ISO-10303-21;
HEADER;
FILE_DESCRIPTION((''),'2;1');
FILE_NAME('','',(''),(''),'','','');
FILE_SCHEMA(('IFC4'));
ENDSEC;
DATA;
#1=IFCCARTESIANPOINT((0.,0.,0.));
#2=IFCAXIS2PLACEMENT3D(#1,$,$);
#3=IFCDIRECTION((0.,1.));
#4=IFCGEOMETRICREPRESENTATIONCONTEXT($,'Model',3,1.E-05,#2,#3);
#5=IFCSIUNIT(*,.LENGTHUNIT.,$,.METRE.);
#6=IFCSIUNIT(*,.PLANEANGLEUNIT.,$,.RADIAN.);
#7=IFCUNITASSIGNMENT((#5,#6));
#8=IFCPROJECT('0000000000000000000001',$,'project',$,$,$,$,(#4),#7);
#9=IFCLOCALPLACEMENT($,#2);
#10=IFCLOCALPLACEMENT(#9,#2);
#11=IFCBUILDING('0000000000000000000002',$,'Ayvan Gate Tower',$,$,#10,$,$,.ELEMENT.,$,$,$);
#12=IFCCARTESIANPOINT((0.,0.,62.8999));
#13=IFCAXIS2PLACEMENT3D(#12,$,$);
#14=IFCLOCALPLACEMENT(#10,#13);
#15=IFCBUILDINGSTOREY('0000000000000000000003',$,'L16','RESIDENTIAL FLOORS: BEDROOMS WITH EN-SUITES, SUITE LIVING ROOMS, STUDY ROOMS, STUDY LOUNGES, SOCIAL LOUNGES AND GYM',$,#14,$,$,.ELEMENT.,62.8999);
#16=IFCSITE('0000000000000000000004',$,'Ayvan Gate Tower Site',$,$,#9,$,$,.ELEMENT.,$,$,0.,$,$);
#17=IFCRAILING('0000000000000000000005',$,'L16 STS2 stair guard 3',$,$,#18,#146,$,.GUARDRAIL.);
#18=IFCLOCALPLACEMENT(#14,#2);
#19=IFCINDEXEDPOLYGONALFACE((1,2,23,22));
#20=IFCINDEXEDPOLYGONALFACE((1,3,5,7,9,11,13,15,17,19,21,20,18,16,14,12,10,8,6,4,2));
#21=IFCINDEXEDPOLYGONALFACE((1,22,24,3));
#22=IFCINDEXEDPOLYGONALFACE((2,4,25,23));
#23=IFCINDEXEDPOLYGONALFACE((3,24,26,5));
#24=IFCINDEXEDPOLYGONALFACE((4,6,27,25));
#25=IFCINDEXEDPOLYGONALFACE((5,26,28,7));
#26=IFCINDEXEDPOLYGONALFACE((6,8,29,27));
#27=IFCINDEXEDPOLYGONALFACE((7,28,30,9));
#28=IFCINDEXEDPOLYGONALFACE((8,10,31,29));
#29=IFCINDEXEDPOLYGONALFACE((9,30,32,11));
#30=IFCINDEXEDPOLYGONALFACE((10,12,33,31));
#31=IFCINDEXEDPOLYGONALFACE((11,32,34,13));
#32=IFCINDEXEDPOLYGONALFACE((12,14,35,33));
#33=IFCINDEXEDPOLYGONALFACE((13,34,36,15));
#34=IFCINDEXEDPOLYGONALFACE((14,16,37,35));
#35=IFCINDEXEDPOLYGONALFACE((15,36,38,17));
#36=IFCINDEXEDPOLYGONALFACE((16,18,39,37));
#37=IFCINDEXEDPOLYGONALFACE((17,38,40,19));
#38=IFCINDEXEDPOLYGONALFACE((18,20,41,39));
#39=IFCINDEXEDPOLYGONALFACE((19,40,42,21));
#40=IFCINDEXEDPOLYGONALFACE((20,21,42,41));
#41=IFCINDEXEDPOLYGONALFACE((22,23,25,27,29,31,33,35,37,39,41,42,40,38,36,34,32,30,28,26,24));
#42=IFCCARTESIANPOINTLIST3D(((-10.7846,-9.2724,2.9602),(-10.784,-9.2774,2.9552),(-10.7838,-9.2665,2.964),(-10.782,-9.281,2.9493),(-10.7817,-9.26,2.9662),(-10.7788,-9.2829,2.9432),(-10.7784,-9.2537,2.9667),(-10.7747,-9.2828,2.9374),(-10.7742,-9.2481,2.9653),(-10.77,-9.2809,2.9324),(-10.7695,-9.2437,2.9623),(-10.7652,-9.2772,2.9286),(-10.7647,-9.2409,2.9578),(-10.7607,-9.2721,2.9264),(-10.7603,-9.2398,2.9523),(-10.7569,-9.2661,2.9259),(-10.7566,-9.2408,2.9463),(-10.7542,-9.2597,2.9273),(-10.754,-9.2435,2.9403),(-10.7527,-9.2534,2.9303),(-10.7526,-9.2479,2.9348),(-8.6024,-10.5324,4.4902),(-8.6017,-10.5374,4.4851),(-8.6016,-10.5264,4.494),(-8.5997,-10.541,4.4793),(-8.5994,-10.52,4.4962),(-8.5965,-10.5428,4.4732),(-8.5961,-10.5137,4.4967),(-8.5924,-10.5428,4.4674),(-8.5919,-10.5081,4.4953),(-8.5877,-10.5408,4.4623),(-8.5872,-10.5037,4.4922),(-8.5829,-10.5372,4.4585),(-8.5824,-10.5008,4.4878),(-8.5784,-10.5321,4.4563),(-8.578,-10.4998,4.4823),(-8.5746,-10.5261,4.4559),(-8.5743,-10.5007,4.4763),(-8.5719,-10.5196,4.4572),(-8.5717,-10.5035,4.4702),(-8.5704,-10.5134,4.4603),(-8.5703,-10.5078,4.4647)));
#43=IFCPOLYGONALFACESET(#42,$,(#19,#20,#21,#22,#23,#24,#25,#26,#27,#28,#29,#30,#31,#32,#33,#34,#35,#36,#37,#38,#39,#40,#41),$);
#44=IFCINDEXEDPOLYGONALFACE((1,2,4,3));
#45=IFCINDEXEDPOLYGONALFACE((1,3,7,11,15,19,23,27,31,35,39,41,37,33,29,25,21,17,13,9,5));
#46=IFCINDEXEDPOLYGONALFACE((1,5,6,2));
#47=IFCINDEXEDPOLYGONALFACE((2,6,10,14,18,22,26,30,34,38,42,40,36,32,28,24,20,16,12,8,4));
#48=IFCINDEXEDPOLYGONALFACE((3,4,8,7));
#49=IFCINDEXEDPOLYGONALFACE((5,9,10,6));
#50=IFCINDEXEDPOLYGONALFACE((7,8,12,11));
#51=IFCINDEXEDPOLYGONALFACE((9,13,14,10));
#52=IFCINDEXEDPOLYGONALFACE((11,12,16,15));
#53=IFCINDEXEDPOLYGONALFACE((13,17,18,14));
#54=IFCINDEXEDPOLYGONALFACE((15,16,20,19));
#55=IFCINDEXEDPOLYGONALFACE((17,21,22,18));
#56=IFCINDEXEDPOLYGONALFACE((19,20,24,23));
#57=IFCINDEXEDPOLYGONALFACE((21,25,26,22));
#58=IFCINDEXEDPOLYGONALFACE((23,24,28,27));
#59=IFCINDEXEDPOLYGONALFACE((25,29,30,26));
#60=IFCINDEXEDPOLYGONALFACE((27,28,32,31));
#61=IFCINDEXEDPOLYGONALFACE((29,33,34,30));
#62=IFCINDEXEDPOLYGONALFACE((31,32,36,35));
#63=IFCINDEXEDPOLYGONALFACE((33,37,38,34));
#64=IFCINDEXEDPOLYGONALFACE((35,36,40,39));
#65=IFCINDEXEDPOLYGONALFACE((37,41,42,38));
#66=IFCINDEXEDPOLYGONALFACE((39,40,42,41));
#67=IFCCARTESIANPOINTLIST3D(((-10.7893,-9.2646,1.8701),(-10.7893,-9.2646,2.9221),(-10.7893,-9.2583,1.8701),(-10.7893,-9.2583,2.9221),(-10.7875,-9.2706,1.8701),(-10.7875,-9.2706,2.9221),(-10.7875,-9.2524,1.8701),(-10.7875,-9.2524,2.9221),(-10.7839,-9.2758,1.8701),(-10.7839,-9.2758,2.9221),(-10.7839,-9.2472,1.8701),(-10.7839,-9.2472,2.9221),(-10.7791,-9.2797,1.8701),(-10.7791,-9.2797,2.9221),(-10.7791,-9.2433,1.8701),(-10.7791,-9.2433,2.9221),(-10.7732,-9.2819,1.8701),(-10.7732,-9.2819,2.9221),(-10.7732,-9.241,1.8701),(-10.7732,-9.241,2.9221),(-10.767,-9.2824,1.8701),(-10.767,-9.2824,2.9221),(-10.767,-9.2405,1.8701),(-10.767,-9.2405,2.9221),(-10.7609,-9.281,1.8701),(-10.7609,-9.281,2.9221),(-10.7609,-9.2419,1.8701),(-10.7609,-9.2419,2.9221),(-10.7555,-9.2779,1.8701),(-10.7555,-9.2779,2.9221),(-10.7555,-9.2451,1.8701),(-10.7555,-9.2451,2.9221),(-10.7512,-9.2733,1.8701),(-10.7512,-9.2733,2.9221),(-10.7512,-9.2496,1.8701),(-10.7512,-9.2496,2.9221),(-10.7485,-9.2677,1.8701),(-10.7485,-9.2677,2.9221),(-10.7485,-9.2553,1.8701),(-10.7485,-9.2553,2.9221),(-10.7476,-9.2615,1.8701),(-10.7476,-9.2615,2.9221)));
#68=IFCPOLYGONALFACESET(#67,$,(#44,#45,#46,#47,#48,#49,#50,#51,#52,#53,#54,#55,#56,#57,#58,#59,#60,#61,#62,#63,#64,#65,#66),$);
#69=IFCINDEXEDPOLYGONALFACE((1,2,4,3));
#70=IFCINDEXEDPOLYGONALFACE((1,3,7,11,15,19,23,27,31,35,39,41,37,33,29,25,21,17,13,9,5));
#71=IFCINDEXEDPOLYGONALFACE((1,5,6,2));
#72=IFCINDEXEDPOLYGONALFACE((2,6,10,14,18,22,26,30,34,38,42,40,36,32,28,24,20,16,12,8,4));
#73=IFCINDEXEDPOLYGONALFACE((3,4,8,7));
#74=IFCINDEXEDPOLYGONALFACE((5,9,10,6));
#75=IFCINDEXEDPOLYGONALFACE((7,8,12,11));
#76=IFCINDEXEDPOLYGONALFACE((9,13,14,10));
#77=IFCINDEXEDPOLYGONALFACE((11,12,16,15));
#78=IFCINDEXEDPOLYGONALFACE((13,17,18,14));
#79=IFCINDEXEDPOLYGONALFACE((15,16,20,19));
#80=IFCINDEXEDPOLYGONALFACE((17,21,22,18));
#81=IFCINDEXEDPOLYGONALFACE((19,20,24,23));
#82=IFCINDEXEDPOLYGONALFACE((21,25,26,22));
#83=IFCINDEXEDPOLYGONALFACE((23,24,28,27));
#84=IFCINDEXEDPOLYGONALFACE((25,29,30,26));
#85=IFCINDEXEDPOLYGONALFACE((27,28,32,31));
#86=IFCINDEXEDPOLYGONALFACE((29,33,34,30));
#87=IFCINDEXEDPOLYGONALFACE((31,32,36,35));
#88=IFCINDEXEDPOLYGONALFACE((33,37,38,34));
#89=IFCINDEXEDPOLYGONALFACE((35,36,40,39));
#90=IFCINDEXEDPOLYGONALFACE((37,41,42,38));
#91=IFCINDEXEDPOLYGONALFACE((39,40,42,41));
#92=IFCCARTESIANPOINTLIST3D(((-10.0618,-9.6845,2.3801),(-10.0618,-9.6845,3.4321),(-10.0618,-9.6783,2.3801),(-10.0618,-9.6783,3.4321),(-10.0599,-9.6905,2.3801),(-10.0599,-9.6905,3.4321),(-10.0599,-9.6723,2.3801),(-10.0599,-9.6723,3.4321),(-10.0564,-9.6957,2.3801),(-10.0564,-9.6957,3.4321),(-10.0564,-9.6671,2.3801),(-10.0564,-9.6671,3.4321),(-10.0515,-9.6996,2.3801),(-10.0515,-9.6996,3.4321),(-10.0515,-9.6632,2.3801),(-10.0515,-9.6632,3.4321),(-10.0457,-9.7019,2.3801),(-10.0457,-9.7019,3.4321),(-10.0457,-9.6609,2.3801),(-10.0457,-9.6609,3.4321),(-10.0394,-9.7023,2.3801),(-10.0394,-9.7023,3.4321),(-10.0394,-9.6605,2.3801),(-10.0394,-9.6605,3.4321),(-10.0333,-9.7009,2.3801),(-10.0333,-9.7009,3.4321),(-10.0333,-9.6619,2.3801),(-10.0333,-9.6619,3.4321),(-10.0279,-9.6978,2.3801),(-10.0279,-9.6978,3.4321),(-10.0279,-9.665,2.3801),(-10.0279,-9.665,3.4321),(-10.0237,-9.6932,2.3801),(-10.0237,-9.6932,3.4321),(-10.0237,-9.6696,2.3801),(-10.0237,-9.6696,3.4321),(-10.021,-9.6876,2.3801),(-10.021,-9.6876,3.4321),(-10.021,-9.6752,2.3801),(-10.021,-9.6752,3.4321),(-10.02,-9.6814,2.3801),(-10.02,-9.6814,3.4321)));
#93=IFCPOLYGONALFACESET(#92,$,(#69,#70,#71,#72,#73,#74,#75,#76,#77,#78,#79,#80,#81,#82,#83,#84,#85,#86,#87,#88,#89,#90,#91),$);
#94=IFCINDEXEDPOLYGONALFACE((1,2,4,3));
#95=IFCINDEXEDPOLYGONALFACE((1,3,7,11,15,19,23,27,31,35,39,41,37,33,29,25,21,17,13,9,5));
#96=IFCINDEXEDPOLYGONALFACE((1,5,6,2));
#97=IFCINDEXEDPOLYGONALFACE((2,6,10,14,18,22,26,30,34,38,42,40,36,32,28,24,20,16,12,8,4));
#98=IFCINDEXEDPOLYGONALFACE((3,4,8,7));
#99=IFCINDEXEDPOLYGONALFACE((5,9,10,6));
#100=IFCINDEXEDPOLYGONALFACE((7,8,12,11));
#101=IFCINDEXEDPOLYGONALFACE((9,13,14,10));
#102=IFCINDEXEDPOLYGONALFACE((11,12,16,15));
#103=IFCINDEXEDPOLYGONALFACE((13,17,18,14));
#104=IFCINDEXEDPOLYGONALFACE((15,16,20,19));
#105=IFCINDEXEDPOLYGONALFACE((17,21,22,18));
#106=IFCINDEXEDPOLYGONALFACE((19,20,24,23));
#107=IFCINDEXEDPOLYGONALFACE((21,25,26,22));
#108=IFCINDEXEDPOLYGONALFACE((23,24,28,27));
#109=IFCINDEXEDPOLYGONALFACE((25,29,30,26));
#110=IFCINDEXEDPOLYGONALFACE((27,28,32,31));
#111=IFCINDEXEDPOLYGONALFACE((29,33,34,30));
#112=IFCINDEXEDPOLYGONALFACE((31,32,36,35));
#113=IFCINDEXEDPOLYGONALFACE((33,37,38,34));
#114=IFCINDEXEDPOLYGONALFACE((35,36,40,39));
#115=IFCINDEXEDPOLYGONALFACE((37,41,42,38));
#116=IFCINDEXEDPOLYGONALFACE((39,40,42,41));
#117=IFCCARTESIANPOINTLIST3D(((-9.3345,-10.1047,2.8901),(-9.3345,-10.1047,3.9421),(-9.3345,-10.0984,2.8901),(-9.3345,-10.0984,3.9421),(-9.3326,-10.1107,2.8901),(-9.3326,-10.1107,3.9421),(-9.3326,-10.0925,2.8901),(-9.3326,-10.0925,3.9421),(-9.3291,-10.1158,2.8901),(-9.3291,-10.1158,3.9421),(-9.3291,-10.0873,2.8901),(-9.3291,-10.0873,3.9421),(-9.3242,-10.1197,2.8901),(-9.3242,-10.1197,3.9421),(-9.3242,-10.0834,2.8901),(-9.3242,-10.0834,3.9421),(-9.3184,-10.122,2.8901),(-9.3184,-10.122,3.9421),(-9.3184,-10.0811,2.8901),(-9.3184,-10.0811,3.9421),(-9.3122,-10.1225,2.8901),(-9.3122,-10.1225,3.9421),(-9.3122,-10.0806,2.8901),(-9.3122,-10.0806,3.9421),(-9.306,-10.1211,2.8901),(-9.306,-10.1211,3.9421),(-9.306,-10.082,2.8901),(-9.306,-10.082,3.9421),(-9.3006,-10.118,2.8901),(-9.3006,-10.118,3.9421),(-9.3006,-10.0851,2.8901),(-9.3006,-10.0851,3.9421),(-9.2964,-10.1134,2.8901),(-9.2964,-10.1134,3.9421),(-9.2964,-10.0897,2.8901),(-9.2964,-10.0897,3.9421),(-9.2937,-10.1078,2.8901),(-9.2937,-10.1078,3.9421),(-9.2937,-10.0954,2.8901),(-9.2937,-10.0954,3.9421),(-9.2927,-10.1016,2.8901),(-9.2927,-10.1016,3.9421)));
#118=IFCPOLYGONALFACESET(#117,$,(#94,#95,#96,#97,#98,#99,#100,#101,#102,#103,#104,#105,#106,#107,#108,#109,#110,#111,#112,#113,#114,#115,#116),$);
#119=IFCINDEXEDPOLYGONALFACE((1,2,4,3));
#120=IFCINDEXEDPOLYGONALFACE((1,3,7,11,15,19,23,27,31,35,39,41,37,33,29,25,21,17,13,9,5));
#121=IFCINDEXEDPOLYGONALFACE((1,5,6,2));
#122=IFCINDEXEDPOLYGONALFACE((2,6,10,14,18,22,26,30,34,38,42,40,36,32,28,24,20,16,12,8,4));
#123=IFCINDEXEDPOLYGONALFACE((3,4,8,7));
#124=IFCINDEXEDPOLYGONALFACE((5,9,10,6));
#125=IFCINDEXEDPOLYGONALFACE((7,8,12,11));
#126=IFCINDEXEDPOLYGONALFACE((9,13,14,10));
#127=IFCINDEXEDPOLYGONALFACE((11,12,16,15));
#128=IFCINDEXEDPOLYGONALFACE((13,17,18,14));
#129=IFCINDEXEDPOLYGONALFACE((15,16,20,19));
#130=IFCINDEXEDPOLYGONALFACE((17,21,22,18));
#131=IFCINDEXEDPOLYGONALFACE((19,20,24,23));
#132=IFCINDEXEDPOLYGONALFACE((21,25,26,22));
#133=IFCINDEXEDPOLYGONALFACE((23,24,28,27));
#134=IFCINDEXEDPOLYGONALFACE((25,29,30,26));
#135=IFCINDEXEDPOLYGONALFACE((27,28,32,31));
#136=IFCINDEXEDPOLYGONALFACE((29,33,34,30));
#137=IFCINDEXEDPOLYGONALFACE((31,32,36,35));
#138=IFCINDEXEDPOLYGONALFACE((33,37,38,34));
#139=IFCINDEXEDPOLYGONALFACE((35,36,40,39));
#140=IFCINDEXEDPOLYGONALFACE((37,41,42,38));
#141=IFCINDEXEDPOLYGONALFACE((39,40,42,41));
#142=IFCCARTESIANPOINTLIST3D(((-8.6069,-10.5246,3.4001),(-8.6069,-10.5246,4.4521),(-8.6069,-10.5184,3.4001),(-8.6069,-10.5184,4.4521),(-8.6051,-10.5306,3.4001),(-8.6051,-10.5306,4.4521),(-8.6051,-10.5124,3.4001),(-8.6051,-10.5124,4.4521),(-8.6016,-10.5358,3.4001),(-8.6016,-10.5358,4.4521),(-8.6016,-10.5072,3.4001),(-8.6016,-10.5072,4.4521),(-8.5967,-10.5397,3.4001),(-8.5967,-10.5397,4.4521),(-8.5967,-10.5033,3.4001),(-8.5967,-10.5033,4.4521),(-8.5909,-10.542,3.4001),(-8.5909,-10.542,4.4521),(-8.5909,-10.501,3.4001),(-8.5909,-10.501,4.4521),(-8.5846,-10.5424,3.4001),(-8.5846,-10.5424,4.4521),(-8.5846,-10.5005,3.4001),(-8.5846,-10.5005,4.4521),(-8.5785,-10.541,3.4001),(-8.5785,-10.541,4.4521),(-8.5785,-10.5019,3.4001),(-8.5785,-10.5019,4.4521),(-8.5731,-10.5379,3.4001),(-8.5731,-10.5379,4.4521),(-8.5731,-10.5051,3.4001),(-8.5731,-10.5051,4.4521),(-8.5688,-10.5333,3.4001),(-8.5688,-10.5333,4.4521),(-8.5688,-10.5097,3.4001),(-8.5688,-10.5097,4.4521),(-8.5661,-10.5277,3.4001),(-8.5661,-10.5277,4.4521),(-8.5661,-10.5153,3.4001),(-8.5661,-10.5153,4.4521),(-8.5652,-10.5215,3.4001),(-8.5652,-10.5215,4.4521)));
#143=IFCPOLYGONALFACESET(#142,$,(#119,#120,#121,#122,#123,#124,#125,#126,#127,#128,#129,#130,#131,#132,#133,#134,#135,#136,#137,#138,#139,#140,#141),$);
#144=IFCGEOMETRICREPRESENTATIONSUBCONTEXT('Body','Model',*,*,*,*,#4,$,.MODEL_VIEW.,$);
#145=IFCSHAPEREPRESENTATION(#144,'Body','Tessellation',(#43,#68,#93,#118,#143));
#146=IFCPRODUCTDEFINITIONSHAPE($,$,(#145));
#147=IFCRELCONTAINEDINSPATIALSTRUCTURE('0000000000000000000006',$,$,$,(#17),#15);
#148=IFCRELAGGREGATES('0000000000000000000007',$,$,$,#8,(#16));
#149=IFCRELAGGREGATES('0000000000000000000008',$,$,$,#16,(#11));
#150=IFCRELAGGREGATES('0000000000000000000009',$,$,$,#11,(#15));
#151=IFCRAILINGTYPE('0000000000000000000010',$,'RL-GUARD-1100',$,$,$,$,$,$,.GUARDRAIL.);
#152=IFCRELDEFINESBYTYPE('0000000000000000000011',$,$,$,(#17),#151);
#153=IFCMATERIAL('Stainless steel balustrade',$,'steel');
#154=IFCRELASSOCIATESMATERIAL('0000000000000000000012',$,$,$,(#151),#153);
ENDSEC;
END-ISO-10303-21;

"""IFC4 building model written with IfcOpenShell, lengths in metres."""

from ifc_helpers import new_model, si_unit, direction, frame, origin, origin_2d, place, context, subcontext, project, spatial, circle, extrude, material, type_object, element, save


model = new_model("IFC4")

# Units and contexts
model_context = context("Model", 3, precision=1e-05, world=origin(), true_north=direction((0.0, 1.0)))
body_context = subcontext(model_context, "Body", "Model", "MODEL_VIEW")
ifc_project = project(units=[si_unit("LENGTHUNIT", "METRE"), si_unit("PLANEANGLEUNIT", "RADIAN")], contexts=[model_context])

# Site, building, storey
site_placement = place(None, origin())
site = spatial("IfcSite", under=ifc_project, at=site_placement, Name="Ayvan Gate Tower Site", CompositionType="ELEMENT", RefElevation=0.0)
building_placement = place(site_placement, origin())
building = spatial("IfcBuilding", under=site, at=building_placement, Name="Ayvan Gate Tower", CompositionType="ELEMENT")
storey_placement = place(building_placement, frame((0.0, 0.0, 62.8999)))
storey = spatial("IfcBuildingStorey", under=building, at=storey_placement, Name="L16", Description="RESIDENTIAL FLOORS: BEDROOMS WITH EN-SUITES, SUITE LIVING ROOMS, STUDY ROOMS, STUDY LOUNGES, SOCIAL LOUNGES AND GYM", CompositionType="ELEMENT", Elevation=62.8999)

# Railing
ifc_material_1 = material(Name="Stainless steel balustrade", Category="steel")
railing_type_1 = type_object("IfcRailingType", Name="RL-GUARD-1100", PredefinedType="GUARDRAIL", material=ifc_material_1)
railing_1_placement = place(storey_placement, frame((-10.7686, -9.2615, 1.8701)))
element("IfcRailing", 1, at=railing_1_placement, inside=storey, type_object=railing_type_1, Name="L16 STS2 stair guard 3", PredefinedType="GUARDRAIL", context=body_context, shape_type="SweptSolid", body=[
    extrude(circle(Radius=0.0239, at=origin_2d()), frame((0.0, 0.0, 1.0762), z_axis=(0.740261, -0.427395, 0.518986), x_axis=(0.500005, 0.866023, 0.0)), (0.0, 0.0, 1.0), 2.948),
    extrude(circle(Radius=0.021, at=origin_2d()), origin(), (0.0, 0.0, 1.0), 1.052),
    extrude(circle(Radius=0.021, at=origin_2d()), frame((0.7275, -0.4199, 0.51)), (0.0, 0.0, 1.0), 1.052),
    extrude(circle(Radius=0.021, at=origin_2d()), frame((1.4548, -0.8401, 1.02)), (0.0, 0.0, 1.0), 1.052),
    extrude(circle(Radius=0.021, at=origin_2d()), frame((2.1824, -1.26, 1.53)), (0.0, 0.0, 1.0), 1.052),
])

save(model, "model.ifc")
